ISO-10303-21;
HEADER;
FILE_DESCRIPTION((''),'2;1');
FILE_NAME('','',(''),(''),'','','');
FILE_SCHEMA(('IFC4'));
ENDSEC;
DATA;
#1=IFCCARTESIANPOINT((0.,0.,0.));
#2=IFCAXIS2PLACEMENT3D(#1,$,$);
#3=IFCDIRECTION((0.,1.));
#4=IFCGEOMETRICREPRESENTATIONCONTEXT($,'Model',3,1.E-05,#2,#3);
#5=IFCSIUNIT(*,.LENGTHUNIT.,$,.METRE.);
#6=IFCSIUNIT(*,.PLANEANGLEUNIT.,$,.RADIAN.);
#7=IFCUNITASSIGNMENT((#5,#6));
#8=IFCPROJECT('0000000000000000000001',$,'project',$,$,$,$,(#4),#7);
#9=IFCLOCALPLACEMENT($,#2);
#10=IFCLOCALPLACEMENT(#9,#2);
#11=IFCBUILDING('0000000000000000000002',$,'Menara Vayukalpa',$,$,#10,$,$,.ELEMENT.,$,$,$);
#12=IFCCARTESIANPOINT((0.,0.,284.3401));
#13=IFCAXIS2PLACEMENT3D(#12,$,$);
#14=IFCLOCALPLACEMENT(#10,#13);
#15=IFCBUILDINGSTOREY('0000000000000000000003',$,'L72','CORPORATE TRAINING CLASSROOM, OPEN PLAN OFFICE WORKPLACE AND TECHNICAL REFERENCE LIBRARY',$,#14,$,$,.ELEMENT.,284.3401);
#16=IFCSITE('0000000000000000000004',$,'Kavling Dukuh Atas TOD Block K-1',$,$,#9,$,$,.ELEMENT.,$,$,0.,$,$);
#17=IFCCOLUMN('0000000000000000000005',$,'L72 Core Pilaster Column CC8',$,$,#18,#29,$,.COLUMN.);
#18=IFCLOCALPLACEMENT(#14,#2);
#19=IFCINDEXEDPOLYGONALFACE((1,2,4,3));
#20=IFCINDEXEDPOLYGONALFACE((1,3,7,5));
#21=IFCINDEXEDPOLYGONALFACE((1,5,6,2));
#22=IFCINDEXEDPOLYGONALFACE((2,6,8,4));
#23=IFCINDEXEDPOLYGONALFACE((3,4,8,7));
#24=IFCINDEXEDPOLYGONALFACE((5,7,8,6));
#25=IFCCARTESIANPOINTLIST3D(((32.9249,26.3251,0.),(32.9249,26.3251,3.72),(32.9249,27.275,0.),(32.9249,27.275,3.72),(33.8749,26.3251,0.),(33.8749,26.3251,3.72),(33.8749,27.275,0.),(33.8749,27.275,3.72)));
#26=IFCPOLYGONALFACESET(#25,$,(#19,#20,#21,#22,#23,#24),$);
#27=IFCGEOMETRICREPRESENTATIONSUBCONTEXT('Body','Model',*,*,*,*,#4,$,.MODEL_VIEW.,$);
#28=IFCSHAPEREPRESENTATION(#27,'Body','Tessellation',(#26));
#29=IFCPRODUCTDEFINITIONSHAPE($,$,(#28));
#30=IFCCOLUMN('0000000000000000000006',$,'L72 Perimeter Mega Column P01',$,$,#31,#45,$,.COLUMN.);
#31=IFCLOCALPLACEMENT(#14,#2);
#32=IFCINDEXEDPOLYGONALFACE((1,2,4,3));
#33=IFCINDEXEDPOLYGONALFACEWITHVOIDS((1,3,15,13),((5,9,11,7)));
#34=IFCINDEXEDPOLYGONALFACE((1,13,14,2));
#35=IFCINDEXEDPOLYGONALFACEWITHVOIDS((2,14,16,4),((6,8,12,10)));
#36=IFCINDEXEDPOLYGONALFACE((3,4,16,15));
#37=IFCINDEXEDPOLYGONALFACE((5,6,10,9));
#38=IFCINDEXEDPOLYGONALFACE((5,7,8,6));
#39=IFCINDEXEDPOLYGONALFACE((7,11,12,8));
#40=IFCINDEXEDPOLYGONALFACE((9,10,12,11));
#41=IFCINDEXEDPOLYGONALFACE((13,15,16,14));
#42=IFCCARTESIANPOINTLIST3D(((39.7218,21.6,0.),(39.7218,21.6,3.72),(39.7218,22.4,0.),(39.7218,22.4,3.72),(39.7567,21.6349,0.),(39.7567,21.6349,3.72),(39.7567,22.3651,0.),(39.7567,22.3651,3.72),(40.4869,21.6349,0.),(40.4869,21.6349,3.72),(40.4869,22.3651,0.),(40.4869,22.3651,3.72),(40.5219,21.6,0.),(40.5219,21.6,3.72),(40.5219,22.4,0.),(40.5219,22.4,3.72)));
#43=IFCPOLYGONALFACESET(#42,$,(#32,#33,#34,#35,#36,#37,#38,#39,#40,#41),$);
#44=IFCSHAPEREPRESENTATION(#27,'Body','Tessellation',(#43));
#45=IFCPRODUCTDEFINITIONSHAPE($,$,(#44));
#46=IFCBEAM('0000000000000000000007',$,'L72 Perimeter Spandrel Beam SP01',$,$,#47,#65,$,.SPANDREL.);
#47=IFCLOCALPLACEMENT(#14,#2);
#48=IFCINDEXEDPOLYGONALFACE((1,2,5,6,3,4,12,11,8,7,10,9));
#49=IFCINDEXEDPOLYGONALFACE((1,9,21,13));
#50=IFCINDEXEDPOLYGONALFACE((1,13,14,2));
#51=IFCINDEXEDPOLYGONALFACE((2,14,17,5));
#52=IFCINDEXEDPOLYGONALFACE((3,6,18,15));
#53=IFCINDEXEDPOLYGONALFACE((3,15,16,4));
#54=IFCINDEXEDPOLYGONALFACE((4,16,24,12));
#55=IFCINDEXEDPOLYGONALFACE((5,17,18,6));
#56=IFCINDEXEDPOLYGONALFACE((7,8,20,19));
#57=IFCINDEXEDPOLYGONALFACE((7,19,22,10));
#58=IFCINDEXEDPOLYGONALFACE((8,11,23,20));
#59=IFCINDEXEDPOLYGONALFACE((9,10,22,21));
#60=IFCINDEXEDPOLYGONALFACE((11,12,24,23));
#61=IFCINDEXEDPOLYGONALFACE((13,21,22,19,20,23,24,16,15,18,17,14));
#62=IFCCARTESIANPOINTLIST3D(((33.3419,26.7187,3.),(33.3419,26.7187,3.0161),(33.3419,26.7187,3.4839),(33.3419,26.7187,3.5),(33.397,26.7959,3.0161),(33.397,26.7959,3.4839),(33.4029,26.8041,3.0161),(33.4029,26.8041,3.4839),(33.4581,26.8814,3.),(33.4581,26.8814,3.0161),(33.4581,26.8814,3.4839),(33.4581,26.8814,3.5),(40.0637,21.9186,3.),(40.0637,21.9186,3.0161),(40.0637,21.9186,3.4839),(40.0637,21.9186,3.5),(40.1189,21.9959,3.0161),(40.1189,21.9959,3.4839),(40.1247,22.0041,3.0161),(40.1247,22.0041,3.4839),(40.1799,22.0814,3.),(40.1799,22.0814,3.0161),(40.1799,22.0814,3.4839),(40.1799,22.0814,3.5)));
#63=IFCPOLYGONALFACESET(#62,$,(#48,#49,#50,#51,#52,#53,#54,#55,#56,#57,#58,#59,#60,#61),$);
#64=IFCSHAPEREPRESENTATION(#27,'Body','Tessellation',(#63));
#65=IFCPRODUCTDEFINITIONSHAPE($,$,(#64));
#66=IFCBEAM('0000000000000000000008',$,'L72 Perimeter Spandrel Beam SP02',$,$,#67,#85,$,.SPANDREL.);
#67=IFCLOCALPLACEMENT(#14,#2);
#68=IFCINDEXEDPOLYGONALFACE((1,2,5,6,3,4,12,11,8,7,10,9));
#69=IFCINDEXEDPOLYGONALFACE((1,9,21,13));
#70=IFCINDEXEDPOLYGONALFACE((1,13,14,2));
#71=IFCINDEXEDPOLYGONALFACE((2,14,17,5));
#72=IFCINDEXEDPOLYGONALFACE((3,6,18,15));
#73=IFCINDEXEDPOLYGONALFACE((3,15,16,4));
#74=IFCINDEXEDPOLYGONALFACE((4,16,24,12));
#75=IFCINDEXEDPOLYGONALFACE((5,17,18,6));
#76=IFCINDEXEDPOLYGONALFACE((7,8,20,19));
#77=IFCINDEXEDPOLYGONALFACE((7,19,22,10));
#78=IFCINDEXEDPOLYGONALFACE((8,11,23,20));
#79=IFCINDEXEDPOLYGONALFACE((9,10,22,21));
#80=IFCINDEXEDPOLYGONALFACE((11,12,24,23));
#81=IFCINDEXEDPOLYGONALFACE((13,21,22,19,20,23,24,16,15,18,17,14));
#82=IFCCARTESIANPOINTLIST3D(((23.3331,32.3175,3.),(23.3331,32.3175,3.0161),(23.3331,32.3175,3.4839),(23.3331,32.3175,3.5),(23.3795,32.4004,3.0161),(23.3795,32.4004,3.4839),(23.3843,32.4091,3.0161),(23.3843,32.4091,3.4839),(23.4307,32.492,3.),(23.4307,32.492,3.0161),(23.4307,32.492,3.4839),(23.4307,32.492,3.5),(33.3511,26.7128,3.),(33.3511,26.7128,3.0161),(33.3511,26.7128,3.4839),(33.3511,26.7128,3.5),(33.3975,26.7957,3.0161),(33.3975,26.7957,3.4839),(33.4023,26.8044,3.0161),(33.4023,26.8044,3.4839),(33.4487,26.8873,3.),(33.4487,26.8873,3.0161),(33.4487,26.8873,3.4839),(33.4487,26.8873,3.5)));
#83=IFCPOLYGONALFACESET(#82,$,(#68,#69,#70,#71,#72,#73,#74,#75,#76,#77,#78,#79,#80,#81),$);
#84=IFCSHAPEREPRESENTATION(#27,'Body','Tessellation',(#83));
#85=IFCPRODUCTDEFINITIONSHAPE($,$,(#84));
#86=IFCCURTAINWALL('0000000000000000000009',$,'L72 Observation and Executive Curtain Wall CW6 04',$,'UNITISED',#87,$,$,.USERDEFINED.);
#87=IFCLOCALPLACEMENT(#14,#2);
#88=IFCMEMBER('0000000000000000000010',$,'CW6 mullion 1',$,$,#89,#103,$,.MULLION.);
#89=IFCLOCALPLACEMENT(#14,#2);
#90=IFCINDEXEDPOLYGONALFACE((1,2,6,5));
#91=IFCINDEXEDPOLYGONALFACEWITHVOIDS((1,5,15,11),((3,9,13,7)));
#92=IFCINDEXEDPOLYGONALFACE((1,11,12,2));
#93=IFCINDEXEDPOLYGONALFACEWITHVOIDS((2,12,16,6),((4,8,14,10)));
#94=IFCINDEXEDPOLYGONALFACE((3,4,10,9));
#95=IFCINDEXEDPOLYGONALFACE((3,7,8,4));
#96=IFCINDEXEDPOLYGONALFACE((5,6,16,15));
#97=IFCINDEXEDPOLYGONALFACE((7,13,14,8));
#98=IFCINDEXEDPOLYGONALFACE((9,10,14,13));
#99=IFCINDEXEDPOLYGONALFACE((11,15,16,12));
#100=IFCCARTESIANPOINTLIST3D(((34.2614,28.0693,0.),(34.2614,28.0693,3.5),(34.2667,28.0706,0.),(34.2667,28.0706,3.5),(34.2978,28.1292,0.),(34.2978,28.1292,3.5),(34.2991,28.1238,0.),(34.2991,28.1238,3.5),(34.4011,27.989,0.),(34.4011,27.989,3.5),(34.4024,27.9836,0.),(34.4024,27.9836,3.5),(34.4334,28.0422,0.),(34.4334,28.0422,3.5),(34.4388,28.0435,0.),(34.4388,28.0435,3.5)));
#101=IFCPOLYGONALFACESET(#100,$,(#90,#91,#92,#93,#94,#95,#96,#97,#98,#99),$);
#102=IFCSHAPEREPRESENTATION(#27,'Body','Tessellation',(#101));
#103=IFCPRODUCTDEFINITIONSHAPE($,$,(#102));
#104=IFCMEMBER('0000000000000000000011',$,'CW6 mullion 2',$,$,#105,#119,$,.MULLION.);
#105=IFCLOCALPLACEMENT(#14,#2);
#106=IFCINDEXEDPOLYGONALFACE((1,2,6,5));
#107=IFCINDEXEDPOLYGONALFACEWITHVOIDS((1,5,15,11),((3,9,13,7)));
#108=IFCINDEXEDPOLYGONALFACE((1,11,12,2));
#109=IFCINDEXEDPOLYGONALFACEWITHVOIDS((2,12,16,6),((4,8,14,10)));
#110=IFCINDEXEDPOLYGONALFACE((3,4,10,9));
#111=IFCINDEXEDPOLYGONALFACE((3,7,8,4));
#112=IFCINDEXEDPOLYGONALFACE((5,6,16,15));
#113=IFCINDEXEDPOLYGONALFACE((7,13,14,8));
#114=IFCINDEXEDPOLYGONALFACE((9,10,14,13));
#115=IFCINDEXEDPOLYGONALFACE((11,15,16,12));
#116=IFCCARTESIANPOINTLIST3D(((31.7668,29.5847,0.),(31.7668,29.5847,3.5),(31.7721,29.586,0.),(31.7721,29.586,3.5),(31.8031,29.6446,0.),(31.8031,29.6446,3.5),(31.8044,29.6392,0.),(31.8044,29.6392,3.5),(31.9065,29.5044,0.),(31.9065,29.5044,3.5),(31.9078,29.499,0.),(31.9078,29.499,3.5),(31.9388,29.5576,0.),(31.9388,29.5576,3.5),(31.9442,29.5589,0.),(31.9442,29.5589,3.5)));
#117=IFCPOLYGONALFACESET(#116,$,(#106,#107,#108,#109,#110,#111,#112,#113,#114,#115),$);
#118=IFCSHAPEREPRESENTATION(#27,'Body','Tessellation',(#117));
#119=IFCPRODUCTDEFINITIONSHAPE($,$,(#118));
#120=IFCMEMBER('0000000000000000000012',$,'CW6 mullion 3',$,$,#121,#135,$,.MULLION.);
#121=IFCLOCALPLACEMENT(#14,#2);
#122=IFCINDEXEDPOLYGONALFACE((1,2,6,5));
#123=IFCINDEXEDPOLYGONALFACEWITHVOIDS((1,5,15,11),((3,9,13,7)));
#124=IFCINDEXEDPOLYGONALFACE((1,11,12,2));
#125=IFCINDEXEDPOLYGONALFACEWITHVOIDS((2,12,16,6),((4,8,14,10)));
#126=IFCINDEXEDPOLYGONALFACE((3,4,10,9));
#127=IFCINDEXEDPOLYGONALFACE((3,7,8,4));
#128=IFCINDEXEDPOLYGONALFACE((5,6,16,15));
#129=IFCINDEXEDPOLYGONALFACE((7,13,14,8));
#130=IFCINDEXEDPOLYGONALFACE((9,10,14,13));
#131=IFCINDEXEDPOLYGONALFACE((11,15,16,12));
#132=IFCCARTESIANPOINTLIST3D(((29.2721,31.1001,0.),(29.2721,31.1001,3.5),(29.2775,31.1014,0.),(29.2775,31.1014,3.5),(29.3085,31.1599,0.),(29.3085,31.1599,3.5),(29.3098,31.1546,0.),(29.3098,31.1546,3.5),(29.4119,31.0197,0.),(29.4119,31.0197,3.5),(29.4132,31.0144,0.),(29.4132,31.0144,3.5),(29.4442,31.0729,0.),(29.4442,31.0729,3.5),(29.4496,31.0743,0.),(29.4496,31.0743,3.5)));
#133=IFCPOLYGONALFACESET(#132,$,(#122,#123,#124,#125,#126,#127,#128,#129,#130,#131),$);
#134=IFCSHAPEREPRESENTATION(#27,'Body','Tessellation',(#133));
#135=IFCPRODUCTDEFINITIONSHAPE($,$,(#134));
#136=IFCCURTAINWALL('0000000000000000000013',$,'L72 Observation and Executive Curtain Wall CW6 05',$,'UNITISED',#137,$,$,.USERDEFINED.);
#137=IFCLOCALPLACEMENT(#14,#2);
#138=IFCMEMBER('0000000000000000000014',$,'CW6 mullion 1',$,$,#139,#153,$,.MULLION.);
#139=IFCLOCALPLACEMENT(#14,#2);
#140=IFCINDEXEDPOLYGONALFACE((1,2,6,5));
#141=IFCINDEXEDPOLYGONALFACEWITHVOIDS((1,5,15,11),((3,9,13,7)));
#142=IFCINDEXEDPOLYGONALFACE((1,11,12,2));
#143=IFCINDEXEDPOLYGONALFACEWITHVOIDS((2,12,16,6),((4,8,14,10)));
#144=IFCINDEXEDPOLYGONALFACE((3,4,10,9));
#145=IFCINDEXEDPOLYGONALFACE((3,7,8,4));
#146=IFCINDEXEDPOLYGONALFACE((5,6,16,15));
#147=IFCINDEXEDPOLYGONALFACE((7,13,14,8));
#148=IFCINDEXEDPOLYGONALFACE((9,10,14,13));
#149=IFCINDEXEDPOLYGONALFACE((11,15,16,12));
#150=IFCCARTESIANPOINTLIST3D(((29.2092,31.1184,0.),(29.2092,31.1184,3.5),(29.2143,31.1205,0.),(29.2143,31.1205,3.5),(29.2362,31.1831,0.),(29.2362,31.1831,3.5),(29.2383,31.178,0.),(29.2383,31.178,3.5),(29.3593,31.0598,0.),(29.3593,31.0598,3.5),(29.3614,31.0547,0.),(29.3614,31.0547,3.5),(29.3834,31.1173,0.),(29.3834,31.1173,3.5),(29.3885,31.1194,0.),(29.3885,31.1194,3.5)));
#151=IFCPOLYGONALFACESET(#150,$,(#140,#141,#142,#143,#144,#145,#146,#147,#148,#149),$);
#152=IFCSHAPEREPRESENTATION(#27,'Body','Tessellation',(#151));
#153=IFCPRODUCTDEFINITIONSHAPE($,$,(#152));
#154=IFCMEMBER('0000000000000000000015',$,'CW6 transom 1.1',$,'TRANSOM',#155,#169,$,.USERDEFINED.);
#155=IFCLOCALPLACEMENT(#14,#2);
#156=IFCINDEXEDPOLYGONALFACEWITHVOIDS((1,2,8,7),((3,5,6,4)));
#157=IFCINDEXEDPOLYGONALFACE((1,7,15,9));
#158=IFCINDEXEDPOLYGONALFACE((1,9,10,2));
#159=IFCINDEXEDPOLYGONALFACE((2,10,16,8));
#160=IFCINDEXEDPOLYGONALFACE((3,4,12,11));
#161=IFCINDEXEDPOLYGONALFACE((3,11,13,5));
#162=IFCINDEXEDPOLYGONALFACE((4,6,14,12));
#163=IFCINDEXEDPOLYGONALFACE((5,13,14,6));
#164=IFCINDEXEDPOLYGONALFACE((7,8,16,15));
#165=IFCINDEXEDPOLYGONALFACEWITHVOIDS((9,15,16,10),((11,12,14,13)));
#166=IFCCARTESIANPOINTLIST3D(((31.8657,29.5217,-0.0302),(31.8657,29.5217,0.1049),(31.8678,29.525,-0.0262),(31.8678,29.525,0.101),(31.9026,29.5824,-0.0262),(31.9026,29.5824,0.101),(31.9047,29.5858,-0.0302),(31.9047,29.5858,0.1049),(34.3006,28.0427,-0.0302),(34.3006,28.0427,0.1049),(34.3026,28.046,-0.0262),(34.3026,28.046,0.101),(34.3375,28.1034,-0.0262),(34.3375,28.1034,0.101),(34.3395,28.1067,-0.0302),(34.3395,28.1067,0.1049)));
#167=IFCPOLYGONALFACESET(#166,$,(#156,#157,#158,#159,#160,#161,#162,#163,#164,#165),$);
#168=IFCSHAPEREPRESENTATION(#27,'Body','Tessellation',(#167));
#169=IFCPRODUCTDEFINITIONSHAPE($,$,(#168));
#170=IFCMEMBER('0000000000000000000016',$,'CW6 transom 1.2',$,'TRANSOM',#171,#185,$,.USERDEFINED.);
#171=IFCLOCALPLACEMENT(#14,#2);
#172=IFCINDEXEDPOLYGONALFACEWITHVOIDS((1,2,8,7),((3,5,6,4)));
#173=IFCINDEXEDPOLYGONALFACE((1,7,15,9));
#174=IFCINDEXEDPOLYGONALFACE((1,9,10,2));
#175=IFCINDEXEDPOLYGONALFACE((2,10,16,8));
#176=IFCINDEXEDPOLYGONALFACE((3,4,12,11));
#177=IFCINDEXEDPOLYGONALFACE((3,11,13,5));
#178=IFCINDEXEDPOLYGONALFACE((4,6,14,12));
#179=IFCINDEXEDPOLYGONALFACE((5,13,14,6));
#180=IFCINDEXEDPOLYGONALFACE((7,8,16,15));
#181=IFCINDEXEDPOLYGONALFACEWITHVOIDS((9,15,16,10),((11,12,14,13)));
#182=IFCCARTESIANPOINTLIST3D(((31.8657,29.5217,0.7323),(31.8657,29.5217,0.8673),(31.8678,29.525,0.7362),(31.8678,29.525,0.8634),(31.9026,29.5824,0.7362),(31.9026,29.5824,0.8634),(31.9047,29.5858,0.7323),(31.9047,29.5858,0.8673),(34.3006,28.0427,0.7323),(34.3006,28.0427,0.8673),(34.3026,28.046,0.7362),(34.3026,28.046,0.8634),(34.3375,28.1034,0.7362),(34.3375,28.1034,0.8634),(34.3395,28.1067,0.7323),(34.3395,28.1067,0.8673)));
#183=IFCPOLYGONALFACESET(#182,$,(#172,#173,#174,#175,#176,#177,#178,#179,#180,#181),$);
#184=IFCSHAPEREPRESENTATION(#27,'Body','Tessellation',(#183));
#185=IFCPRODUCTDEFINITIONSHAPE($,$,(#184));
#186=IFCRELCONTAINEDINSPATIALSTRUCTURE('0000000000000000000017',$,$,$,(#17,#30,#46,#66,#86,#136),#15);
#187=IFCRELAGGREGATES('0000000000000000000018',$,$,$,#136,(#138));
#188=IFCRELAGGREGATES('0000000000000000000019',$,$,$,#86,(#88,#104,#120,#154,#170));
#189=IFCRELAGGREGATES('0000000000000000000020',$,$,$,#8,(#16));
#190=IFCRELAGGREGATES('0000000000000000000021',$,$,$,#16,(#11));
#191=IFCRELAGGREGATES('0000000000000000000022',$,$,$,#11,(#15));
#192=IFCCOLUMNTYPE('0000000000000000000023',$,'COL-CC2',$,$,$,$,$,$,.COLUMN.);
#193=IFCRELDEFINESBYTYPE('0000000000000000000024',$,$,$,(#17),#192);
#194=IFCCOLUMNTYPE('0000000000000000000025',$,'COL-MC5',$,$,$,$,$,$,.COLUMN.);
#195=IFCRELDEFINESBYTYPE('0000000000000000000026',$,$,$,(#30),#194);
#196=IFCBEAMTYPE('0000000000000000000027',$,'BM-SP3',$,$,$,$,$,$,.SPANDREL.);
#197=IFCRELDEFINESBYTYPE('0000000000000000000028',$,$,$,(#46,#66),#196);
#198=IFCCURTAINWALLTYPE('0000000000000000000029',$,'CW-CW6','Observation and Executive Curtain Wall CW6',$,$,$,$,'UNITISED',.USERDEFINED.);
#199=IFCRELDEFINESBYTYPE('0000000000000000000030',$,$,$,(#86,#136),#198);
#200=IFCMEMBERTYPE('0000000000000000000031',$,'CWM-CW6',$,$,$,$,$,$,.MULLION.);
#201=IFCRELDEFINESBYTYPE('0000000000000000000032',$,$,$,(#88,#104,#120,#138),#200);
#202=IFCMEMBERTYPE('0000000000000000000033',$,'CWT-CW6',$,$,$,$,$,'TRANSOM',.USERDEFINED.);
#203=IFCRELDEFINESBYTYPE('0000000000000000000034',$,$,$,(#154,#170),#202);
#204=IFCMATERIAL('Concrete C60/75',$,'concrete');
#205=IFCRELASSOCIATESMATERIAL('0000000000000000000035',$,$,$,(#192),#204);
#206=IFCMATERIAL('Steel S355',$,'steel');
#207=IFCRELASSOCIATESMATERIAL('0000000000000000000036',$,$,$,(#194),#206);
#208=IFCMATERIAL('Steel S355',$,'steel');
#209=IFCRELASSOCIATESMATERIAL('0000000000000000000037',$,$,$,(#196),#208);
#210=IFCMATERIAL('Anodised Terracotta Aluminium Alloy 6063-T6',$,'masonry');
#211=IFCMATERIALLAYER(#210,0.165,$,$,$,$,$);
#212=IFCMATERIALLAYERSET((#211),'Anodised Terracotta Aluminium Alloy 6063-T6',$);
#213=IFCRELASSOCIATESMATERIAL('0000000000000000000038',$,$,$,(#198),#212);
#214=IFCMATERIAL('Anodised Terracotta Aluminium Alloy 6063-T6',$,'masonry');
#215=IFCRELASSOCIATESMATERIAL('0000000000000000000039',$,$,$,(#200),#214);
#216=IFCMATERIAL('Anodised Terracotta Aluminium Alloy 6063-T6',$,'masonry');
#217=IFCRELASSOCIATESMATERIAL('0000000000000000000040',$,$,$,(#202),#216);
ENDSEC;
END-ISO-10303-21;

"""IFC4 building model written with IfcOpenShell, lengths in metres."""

from ifc_helpers import new_model, si_unit, direction, frame, origin, origin_2d, place, context, subcontext, project, spatial, rectangle, hollow_rectangle, i_section, extrude, material, layer, layer_set, material_profile, profile_set, type_object, element, aggregate, save


model = new_model("IFC4")

# Units and contexts
model_context = context("Model", 3, precision=1e-05, world=origin(), true_north=direction((0.0, 1.0)))
body_context = subcontext(model_context, "Body", "Model", "MODEL_VIEW")
ifc_project = project(units=[si_unit("LENGTHUNIT", "METRE"), si_unit("PLANEANGLEUNIT", "RADIAN")], contexts=[model_context])

# Site, building, storey
site_placement = place(None, origin())
site = spatial("IfcSite", under=ifc_project, at=site_placement, Name="Kavling Dukuh Atas TOD Block K-1", CompositionType="ELEMENT", RefElevation=0.0)
building_placement = place(site_placement, origin())
building = spatial("IfcBuilding", under=site, at=building_placement, Name="Menara Vayukalpa", CompositionType="ELEMENT")
storey_placement = place(building_placement, frame((0.0, 0.0, 284.3401)))
storey = spatial("IfcBuildingStorey", under=building, at=storey_placement, Name="L72", Description="CORPORATE TRAINING CLASSROOM, OPEN PLAN OFFICE WORKPLACE AND TECHNICAL REFERENCE LIBRARY", CompositionType="ELEMENT", Elevation=284.3401)

# Columns
ifc_material_1 = material(Name="Concrete C60/75", Category="concrete")
ifc_material_profile_1 = material_profile(ifc_material_1, rectangle(XDim=0.95, YDim=0.95, at=origin_2d()), Name="RC 950x950")
ifc_profile_set_1 = profile_set([ifc_material_profile_1], Name="Concrete C60/75")
column_type_1 = type_object("IfcColumnType", Name="COL-CC2", PredefinedType="COLUMN", material=ifc_profile_set_1)
column_1_placement = place(storey_placement, frame((33.3999, 26.8, 0.0), z_axis=(0.0, 0.0, 1.0), x_axis=(1.0, 0.0, 0.0)))
element("IfcColumn", 1, at=column_1_placement, inside=storey, type_object=column_type_1, Name="L72 Core Pilaster Column CC8", PredefinedType="COLUMN", context=body_context, shape_type="SweptSolid", body=[
    extrude(rectangle(XDim=0.95, YDim=0.95, at=origin_2d()), origin(), (0.0, 0.0, 1.0), 3.72),
])
ifc_material_2 = material(Name="Steel S355", Category="steel")
ifc_material_profile_2 = material_profile(ifc_material_2, hollow_rectangle(XDim=0.8, YDim=0.8, WallThickness=0.0349, at=origin_2d()), Name="BOX 800x800x35")
ifc_profile_set_2 = profile_set([ifc_material_profile_2], Name="Steel S355")
column_type_2 = type_object("IfcColumnType", Name="COL-MC5", PredefinedType="COLUMN", material=ifc_profile_set_2)
column_2_placement = place(storey_placement, frame((40.1218, 22.0, 0.0), z_axis=(0.0, 0.0, 1.0), x_axis=(1.0, 0.0, 0.0)))
element("IfcColumn", 2, at=column_2_placement, inside=storey, type_object=column_type_2, Name="L72 Perimeter Mega Column P01", PredefinedType="COLUMN", context=body_context, shape_type="SweptSolid", body=[
    extrude(hollow_rectangle(XDim=0.8, YDim=0.8, WallThickness=0.0349, at=origin_2d()), origin(), (0.0, 0.0, 1.0), 3.72),
])

# Beams
ifc_material_3 = material(Name="Steel S355", Category="steel")
ifc_material_profile_3 = material_profile(ifc_material_3, i_section(OverallWidth=0.2, OverallDepth=0.5, WebThickness=0.01, FlangeThickness=0.0161, at=origin_2d()), Name="WF 500x200x10x16")
ifc_profile_set_3 = profile_set([ifc_material_profile_3], Name="Steel S355")
beam_type = type_object("IfcBeamType", Name="BM-SP3", PredefinedType="SPANDREL", material=ifc_profile_set_3)
beam_1_placement = place(storey_placement, frame((40.1218, 22.0, 3.25), z_axis=(-0.813809, 0.581132, 0.0), x_axis=(-0.581132, -0.813809, 0.0)))
element("IfcBeam", 3, at=beam_1_placement, inside=storey, type_object=beam_type, Name="L72 Perimeter Spandrel Beam SP01", PredefinedType="SPANDREL", context=body_context, shape_type="SweptSolid", body=[
    extrude(i_section(OverallWidth=0.2, OverallDepth=0.5, WebThickness=0.01, FlangeThickness=0.0161, at=origin_2d()), origin(), (0.0, 0.0, 1.0), 8.2598),
])
beam_2_placement = place(storey_placement, frame((33.3999, 26.8, 3.25), z_axis=(-0.872706, 0.488246, 0.0), x_axis=(-0.488246, -0.872706, 0.0)))
element("IfcBeam", 4, at=beam_2_placement, inside=storey, type_object=beam_type, Name="L72 Perimeter Spandrel Beam SP02", PredefinedType="SPANDREL", context=body_context, shape_type="SweptSolid", body=[
    extrude(i_section(OverallWidth=0.2, OverallDepth=0.5, WebThickness=0.01, FlangeThickness=0.0161, at=origin_2d()), origin(), (0.0, 0.0, 1.0), 11.4792),
])

# Curtain wall, members
ifc_material_4 = material(Name="Anodised Terracotta Aluminium Alloy 6063-T6", Category="masonry")
ifc_layer_1 = layer(ifc_material_4, 0.165)
ifc_layer_set_1 = layer_set([ifc_layer_1], Name="Anodised Terracotta Aluminium Alloy 6063-T6")
curtain_wall_type = type_object("IfcCurtainWallType", Name="CW-CW6", Description="Observation and Executive Curtain Wall CW6", ElementType="UNITISED", PredefinedType="USERDEFINED", material=ifc_layer_set_1)
curtain_wall_1_placement = place(storey_placement, origin())
curtain_wall_1 = element("IfcCurtainWall", 5, at=curtain_wall_1_placement, inside=storey, type_object=curtain_wall_type, Name="L72 Observation and Executive Curtain Wall CW6 04", ObjectType="UNITISED", PredefinedType="USERDEFINED")
ifc_material_5 = material(Name="Anodised Terracotta Aluminium Alloy 6063-T6", Category="masonry")
ifc_material_profile_4 = material_profile(ifc_material_5, hollow_rectangle(XDim=0.0701, YDim=0.165, WallThickness=0.0039, at=origin_2d()), Name="ALU 70x165x4")
ifc_profile_set_4 = profile_set([ifc_material_profile_4], Name="Anodised Terracotta Aluminium Alloy 6063-T6")
member_type_1 = type_object("IfcMemberType", Name="CWM-CW6", PredefinedType="MULLION", material=ifc_profile_set_4)
member_1_placement = place(storey_placement, frame((34.3501, 28.0564, 0.0), z_axis=(0.0, 0.0, 1.0), x_axis=(-0.519176, -0.854668, 0.0)))
member_1 = element("IfcMember", 6, at=member_1_placement, type_object=member_type_1, Name="CW6 mullion 1", PredefinedType="MULLION", context=body_context, shape_type="SweptSolid", body=[
    extrude(hollow_rectangle(XDim=0.0701, YDim=0.165, WallThickness=0.0039, at=origin_2d()), origin(), (0.0, 0.0, 1.0), 3.5),
])
member_2_placement = place(storey_placement, frame((31.8555, 29.5718, 0.0), z_axis=(0.0, 0.0, 1.0), x_axis=(-0.519176, -0.854668, 0.0)))
member_2 = element("IfcMember", 7, at=member_2_placement, type_object=member_type_1, Name="CW6 mullion 2", PredefinedType="MULLION", context=body_context, shape_type="SweptSolid", body=[
    extrude(hollow_rectangle(XDim=0.0701, YDim=0.165, WallThickness=0.0039, at=origin_2d()), origin(), (0.0, 0.0, 1.0), 3.5),
])
member_3_placement = place(storey_placement, frame((29.3608, 31.0872, 0.0), z_axis=(0.0, 0.0, 1.0), x_axis=(-0.519176, -0.854668, 0.0)))
member_3 = element("IfcMember", 8, at=member_3_placement, type_object=member_type_1, Name="CW6 mullion 3", PredefinedType="MULLION", context=body_context, shape_type="SweptSolid", body=[
    extrude(hollow_rectangle(XDim=0.0701, YDim=0.165, WallThickness=0.0039, at=origin_2d()), origin(), (0.0, 0.0, 1.0), 3.5),
])

# Curtain wall, member
curtain_wall_2_placement = place(storey_placement, origin())
curtain_wall_2 = element("IfcCurtainWall", 9, at=curtain_wall_2_placement, inside=storey, type_object=curtain_wall_type, Name="L72 Observation and Executive Curtain Wall CW6 05", ObjectType="UNITISED", PredefinedType="USERDEFINED")
member_4_placement = place(storey_placement, frame((29.2988, 31.1189, 0.0), z_axis=(0.0, 0.0, 1.0), x_axis=(-0.3859, -0.922541, 0.0)))
member_4 = element("IfcMember", 10, at=member_4_placement, type_object=member_type_1, Name="CW6 mullion 1", PredefinedType="MULLION", context=body_context, shape_type="SweptSolid", body=[
    extrude(hollow_rectangle(XDim=0.0701, YDim=0.165, WallThickness=0.0039, at=origin_2d()), origin(), (0.0, 0.0, 1.0), 3.5),
])
aggregate(curtain_wall_2, [member_4])

# Members
ifc_material_6 = material(Name="Anodised Terracotta Aluminium Alloy 6063-T6", Category="masonry")
ifc_material_profile_5 = material_profile(ifc_material_6, hollow_rectangle(XDim=0.075, YDim=0.135, WallThickness=0.0039, at=origin_2d()), Name="ALU 75x135x4")
ifc_profile_set_5 = profile_set([ifc_material_profile_5], Name="Anodised Terracotta Aluminium Alloy 6063-T6")
member_type_2 = type_object("IfcMemberType", Name="CWT-CW6", ElementType="TRANSOM", PredefinedType="USERDEFINED", material=ifc_profile_set_5)
member_5_placement = place(storey_placement, frame((34.3201, 28.0747, 0.0374), z_axis=(-0.854675, 0.519164, 0.0), x_axis=(-0.519164, -0.854675, 0.0)))
member_5 = element("IfcMember", 11, at=member_5_placement, type_object=member_type_2, Name="CW6 transom 1.1", ObjectType="TRANSOM", PredefinedType="USERDEFINED", context=body_context, shape_type="SweptSolid", body=[
    extrude(hollow_rectangle(XDim=0.075, YDim=0.135, WallThickness=0.0039, at=origin_2d()), origin(), (0.0, 0.0, 1.0), 2.8489),
])
member_6_placement = place(storey_placement, frame((34.3201, 28.0747, 0.7998), z_axis=(-0.854675, 0.519164, 0.0), x_axis=(-0.519164, -0.854675, 0.0)))
member_6 = element("IfcMember", 12, at=member_6_placement, type_object=member_type_2, Name="CW6 transom 1.2", ObjectType="TRANSOM", PredefinedType="USERDEFINED", context=body_context, shape_type="SweptSolid", body=[
    extrude(hollow_rectangle(XDim=0.075, YDim=0.135, WallThickness=0.0039, at=origin_2d()), origin(), (0.0, 0.0, 1.0), 2.8489),
])

aggregate(curtain_wall_1, [member_1, member_2, member_3, member_5, member_6])

save(model, "model.ifc")
